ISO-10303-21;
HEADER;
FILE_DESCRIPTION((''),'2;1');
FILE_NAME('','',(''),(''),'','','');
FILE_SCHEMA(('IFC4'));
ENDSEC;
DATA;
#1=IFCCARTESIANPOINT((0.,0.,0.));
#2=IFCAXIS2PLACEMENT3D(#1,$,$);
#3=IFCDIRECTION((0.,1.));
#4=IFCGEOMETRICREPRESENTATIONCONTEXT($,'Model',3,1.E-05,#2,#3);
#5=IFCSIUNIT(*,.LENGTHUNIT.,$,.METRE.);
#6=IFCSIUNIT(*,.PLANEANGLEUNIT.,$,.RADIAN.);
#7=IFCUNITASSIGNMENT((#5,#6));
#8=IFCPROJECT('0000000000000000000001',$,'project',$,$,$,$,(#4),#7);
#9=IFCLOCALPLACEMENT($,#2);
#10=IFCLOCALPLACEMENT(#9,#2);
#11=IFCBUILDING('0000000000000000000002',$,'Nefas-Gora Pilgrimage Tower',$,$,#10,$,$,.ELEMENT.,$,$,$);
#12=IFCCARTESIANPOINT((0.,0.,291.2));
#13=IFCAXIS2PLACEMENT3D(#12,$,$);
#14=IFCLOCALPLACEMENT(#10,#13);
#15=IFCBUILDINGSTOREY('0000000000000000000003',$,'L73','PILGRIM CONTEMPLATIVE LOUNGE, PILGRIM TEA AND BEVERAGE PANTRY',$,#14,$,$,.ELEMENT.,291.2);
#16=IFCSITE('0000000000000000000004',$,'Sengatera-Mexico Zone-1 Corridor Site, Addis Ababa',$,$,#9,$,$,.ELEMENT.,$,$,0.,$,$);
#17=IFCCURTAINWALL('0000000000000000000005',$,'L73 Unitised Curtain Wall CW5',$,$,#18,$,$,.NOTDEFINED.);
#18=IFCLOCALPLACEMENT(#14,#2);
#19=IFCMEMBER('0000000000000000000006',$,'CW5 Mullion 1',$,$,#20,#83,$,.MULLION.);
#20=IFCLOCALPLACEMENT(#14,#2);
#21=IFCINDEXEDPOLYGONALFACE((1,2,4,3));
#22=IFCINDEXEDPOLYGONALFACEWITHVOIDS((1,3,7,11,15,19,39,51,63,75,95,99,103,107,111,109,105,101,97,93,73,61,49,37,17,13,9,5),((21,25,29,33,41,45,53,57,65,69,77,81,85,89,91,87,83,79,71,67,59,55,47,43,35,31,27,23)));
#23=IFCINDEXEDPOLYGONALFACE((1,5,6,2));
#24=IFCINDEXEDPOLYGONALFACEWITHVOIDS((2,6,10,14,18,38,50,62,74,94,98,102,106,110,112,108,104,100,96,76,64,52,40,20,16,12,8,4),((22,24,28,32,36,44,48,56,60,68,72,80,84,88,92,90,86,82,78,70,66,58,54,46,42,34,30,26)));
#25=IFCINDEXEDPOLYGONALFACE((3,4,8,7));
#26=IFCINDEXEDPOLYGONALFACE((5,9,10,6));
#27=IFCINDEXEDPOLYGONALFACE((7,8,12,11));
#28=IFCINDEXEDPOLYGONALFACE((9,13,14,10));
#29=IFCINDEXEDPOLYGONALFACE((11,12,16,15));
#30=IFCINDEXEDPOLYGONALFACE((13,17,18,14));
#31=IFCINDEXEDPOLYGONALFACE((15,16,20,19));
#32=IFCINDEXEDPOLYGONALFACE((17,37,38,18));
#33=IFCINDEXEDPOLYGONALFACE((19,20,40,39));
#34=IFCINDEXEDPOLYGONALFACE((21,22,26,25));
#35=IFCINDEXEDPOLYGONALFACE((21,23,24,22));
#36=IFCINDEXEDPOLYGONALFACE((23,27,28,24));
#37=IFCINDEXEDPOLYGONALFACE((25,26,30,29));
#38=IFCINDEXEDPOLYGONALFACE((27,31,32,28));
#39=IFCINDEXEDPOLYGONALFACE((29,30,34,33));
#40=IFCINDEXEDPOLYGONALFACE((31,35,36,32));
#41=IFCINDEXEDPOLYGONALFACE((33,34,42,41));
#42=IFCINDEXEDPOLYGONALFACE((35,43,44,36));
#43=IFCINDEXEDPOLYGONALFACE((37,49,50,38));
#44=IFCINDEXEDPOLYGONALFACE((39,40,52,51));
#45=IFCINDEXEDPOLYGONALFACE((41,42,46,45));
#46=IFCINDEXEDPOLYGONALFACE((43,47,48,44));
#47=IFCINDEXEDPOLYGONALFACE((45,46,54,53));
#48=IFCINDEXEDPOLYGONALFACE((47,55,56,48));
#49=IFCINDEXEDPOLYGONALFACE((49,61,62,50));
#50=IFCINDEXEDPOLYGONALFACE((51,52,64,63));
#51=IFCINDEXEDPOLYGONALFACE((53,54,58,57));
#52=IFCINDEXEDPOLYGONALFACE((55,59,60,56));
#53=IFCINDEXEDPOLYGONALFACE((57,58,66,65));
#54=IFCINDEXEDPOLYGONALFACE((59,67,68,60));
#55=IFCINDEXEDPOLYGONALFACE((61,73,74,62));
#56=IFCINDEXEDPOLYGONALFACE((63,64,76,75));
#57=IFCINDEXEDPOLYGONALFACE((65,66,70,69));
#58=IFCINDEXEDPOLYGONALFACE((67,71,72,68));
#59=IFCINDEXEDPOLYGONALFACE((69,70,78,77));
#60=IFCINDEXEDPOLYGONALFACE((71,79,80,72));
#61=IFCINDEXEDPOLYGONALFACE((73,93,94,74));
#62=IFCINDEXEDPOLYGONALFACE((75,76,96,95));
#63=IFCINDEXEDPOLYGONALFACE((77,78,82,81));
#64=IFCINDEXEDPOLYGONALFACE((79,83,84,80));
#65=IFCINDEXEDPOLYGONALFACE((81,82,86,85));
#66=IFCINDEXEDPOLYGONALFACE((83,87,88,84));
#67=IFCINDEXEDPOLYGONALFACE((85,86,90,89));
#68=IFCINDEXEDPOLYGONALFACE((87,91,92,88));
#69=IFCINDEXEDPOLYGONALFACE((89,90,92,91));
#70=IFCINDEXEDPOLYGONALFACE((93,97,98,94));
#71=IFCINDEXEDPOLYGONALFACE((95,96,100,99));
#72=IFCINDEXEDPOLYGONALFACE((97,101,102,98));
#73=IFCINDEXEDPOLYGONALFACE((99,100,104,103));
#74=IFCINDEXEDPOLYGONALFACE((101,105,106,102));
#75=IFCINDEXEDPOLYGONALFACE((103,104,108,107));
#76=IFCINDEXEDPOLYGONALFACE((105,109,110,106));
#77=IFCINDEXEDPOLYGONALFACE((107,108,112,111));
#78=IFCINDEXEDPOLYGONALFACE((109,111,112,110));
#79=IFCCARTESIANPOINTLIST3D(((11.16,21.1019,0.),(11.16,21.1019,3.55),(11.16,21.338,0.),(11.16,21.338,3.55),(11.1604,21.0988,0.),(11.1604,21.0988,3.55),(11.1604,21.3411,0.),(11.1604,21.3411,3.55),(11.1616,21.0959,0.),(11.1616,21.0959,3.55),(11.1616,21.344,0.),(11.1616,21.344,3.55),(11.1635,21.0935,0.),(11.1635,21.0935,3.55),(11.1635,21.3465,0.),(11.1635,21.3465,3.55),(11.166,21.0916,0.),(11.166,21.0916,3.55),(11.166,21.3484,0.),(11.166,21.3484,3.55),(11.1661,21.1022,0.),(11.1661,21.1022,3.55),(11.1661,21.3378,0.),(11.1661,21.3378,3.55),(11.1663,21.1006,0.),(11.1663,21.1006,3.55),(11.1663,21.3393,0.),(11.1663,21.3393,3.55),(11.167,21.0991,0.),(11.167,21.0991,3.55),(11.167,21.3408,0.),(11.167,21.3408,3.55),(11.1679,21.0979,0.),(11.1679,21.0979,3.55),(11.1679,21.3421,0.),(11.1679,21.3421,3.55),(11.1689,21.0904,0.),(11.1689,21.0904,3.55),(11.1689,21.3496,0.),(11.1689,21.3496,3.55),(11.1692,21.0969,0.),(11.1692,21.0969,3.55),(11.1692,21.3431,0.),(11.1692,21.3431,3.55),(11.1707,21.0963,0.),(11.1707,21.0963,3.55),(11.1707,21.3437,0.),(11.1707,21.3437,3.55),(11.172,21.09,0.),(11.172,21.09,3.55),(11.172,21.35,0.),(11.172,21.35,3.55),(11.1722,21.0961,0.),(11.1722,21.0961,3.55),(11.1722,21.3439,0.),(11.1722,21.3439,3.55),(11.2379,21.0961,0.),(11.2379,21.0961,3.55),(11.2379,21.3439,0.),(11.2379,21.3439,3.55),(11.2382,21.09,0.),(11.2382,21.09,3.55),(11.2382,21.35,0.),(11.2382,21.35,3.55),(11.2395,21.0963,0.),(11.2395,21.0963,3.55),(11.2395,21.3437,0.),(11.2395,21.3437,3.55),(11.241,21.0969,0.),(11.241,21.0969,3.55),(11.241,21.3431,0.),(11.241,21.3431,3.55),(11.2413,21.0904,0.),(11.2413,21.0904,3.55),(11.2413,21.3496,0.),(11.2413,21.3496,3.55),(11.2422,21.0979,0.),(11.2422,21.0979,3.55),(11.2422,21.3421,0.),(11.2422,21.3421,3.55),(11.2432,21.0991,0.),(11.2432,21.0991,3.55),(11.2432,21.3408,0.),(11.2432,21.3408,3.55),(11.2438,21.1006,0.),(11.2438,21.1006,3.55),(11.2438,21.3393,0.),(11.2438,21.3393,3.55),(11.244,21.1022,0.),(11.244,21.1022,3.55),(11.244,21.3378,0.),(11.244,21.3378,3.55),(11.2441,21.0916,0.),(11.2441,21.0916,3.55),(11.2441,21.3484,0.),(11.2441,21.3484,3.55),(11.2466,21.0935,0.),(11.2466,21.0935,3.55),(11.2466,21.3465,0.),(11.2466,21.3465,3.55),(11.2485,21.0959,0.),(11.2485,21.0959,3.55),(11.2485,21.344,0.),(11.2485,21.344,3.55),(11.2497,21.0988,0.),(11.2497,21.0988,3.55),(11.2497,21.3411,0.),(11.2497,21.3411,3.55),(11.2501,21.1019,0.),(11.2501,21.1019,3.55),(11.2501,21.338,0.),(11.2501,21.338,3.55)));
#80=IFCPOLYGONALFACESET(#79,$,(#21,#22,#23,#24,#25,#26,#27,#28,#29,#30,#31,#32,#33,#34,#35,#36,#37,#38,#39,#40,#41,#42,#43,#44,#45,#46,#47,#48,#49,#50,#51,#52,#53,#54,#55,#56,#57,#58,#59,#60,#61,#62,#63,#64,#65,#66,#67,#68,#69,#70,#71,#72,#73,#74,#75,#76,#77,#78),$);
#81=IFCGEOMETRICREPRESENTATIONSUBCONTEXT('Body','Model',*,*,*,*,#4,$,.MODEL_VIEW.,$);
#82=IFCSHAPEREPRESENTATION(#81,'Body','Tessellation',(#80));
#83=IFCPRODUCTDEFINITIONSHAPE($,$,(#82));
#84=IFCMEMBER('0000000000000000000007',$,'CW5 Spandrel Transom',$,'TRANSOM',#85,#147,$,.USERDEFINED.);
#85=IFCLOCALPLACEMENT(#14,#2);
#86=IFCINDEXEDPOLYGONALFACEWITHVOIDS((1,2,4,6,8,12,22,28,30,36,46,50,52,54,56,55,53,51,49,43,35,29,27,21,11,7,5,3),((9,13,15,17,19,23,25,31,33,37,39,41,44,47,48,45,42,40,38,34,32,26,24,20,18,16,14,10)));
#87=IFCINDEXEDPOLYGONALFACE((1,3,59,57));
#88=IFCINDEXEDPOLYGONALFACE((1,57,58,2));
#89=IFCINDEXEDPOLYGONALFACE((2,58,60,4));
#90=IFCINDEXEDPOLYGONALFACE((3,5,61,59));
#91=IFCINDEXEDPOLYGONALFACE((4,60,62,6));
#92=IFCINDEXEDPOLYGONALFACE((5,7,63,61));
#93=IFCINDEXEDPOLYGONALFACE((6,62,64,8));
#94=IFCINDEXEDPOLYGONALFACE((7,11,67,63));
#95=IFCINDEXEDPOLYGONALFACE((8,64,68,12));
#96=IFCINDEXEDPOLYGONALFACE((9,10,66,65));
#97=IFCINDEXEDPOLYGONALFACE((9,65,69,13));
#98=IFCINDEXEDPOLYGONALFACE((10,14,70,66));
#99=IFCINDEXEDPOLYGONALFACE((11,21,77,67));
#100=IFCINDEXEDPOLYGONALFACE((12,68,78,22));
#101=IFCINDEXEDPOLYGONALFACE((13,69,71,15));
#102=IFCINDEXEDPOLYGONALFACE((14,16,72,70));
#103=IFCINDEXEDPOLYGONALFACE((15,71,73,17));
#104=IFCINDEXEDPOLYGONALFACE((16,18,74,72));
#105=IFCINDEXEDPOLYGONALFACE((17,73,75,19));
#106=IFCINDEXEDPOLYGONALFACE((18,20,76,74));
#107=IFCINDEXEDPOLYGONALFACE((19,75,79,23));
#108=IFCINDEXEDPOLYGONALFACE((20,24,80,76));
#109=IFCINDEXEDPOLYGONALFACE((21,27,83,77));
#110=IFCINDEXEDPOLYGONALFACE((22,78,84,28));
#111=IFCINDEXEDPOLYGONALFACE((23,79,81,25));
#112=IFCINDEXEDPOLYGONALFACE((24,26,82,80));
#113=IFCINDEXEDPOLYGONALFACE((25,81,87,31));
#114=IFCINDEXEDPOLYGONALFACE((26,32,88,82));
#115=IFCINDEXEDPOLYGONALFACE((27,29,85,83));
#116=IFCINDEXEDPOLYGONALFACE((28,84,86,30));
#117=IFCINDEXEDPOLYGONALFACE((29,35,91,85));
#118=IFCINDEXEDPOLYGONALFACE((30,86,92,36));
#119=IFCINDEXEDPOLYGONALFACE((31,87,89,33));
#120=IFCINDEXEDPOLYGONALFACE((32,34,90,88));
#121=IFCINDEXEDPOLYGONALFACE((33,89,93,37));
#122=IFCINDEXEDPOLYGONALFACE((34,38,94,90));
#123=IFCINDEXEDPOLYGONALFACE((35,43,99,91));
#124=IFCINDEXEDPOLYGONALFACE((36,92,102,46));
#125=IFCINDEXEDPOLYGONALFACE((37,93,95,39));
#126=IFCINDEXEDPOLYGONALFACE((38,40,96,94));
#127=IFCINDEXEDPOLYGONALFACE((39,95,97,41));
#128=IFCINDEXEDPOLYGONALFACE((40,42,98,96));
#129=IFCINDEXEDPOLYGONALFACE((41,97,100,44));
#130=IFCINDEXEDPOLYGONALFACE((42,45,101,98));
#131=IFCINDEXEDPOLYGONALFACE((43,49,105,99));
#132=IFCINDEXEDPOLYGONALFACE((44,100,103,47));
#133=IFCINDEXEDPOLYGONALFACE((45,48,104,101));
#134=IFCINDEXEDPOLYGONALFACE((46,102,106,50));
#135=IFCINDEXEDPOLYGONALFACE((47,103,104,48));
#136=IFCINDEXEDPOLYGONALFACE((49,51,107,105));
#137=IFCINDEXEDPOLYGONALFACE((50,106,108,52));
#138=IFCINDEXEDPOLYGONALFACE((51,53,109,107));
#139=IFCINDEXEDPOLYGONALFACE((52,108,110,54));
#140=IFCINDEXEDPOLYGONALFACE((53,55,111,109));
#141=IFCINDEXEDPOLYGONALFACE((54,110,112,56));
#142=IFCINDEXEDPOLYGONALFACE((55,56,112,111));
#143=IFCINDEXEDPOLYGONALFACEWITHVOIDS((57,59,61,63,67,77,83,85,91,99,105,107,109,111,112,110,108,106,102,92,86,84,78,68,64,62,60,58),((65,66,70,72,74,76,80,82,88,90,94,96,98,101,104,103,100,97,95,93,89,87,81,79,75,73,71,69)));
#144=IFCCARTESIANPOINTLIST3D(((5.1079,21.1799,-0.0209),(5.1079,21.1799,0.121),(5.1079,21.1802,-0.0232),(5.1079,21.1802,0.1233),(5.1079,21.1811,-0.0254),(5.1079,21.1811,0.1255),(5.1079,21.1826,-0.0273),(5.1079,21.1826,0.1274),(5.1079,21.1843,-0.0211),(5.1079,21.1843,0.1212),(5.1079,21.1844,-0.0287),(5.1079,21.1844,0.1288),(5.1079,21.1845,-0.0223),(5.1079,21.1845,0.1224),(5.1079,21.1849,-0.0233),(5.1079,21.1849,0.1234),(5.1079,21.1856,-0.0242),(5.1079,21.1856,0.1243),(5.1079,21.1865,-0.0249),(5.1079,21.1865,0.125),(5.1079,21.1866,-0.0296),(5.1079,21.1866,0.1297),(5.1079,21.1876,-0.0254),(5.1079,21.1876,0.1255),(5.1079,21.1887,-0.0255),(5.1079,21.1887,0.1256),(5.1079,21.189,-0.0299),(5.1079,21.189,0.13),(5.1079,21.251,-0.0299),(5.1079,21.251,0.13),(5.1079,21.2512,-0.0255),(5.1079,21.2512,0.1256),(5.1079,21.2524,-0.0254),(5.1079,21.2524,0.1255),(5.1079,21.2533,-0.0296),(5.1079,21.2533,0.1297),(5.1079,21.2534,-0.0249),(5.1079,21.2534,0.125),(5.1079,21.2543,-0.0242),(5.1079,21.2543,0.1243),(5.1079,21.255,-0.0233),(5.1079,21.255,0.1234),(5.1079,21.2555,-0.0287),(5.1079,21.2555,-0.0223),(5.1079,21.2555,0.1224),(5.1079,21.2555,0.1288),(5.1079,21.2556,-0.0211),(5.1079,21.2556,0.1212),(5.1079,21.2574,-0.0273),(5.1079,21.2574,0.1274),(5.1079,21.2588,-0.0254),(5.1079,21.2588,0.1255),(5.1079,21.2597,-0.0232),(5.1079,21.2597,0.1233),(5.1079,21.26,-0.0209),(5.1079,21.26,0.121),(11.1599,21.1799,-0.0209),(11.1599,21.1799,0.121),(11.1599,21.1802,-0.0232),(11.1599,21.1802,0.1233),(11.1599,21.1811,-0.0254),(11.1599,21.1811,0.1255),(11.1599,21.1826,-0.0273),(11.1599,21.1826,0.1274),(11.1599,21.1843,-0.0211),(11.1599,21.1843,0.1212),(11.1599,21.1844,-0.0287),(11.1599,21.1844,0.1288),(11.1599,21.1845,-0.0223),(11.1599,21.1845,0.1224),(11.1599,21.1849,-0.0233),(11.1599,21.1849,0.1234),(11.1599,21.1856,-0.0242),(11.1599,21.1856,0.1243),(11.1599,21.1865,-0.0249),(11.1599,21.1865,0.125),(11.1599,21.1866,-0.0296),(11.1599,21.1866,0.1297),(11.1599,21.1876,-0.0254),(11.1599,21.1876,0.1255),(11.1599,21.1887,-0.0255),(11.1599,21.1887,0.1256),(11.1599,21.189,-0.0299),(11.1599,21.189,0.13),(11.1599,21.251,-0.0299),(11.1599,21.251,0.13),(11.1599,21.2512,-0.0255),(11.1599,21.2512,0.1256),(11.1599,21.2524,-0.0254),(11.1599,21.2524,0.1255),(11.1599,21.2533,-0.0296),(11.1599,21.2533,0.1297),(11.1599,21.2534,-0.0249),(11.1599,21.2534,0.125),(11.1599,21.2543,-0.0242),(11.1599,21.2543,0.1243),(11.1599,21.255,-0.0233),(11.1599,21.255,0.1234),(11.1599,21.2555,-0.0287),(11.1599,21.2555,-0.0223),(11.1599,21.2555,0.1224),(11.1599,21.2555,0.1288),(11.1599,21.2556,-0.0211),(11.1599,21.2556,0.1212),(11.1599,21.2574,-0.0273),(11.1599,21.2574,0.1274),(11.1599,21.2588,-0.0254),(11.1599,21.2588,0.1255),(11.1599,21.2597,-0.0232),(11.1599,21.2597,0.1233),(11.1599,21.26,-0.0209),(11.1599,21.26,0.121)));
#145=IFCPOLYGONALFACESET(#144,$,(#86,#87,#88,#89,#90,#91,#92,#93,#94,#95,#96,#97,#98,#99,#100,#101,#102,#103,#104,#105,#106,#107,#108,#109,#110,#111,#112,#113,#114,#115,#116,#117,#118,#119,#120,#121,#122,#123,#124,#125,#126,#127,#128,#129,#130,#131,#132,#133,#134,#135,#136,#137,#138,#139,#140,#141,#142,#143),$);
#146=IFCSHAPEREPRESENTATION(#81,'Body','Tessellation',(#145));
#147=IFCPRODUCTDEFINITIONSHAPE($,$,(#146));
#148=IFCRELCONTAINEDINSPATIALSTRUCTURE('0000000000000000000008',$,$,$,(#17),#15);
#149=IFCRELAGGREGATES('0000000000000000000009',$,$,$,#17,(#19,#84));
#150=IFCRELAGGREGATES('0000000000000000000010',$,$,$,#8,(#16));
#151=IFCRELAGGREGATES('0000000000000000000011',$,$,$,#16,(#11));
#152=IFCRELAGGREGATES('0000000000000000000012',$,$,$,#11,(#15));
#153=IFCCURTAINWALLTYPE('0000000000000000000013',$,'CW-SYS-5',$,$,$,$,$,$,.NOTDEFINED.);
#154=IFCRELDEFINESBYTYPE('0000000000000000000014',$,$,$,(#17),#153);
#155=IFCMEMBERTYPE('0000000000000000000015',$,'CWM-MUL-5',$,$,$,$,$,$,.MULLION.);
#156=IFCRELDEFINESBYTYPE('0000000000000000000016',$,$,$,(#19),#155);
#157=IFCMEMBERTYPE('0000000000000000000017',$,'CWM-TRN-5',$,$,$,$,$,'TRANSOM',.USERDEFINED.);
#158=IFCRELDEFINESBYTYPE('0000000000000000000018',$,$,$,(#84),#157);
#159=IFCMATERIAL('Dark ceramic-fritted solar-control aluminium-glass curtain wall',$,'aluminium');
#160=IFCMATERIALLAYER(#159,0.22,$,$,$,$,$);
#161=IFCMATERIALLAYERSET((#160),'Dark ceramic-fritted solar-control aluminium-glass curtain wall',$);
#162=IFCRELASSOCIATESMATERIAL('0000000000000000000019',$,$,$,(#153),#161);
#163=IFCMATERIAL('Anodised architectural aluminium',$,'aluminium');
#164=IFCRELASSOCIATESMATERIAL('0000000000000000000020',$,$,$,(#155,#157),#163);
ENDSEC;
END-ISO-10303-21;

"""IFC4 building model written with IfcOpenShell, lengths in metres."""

from ifc_helpers import new_model, si_unit, direction, frame, origin, origin_2d, place, context, subcontext, project, spatial, hollow_rectangle, extrude, source, transform, mapped, material, layer, layer_set, material_profile, profile_set, type_object, element, aggregate, save


model = new_model("IFC4")

# Units and contexts
model_context = context("Model", 3, precision=1e-05, world=origin(), true_north=direction((0.0, 1.0)))
body_context = subcontext(model_context, "Body", "Model", "MODEL_VIEW")
ifc_project = project(units=[si_unit("LENGTHUNIT", "METRE"), si_unit("PLANEANGLEUNIT", "RADIAN")], contexts=[model_context])

# Site, building, storey
site_placement = place(None, origin())
site = spatial("IfcSite", under=ifc_project, at=site_placement, Name="Sengatera-Mexico Zone-1 Corridor Site, Addis Ababa", CompositionType="ELEMENT", RefElevation=0.0)
building_placement = place(site_placement, origin())
building = spatial("IfcBuilding", under=site, at=building_placement, Name="Nefas-Gora Pilgrimage Tower", CompositionType="ELEMENT")
storey_placement = place(building_placement, frame((0.0, 0.0, 291.2)))
storey = spatial("IfcBuildingStorey", under=building, at=storey_placement, Name="L73", Description="PILGRIM CONTEMPLATIVE LOUNGE, PILGRIM TEA AND BEVERAGE PANTRY", CompositionType="ELEMENT", Elevation=291.2)

# Curtain wall, members
ifc_material_1 = material(Name="Dark ceramic-fritted solar-control aluminium-glass curtain wall", Category="aluminium")
ifc_layer_1 = layer(ifc_material_1, 0.22)
ifc_layer_set_1 = layer_set([ifc_layer_1], Name="Dark ceramic-fritted solar-control aluminium-glass curtain wall")
curtain_wall_type_1 = type_object("IfcCurtainWallType", Name="CW-SYS-5", PredefinedType="NOTDEFINED", material=ifc_layer_set_1)
curtain_wall_1_placement = place(storey_placement, origin())
curtain_wall_1 = element("IfcCurtainWall", 1, at=curtain_wall_1_placement, inside=storey, type_object=curtain_wall_type_1, Name="L73 Unitised Curtain Wall CW5", PredefinedType="NOTDEFINED")
ifc_material_2 = material(Name="Anodised architectural aluminium", Category="aluminium")
ifc_material_profile_1 = material_profile(ifc_material_2, hollow_rectangle(XDim=0.0901, YDim=0.26, WallThickness=0.0061, InnerFilletRadius=0.0061, OuterFilletRadius=0.012, at=origin_2d()), Name="ALU MULLION 90x260")
ifc_profile_set_1 = profile_set([ifc_material_profile_1], Name="Anodised architectural aluminium")
member_type_1 = type_object("IfcMemberType", Name="CWM-MUL-5", PredefinedType="MULLION", material=ifc_profile_set_1)
shared_shape_1 = source(origin(), body_context, "Body", "SweptSolid", [
    extrude(hollow_rectangle(XDim=0.0901, YDim=0.26, WallThickness=0.0061, InnerFilletRadius=0.0061, OuterFilletRadius=0.012, at=origin_2d()), origin(), (0.0, 0.0, 1.0), 3.55),
])
member_1_placement = place(storey_placement, frame((11.2051, 21.22, 0.0), z_axis=(0.0, 0.0, 1.0), x_axis=(-1.0, 0.0, 0.0)))
member_1 = element("IfcMember", 2, at=member_1_placement, type_object=member_type_1, Name="CW5 Mullion 1", PredefinedType="MULLION", context=body_context, shape_type="MappedRepresentation", body=[
    mapped(shared_shape_1, transform((0.0, 0.0, 0.0), x_axis=(1.0, 0.0, 0.0), y_axis=(0.0, 1.0, 0.0), z_axis=(0.0, 0.0, 1.0), scale=1.0)),
])
ifc_material_profile_2 = material_profile(ifc_material_2, hollow_rectangle(XDim=0.0801, YDim=0.1599, WallThickness=0.0044, InnerFilletRadius=0.0044, OuterFilletRadius=0.009, at=origin_2d()), Name="ALU TRANSOM 80x160")
ifc_profile_set_2 = profile_set([ifc_material_profile_2], Name="Anodised architectural aluminium")
member_type_2 = type_object("IfcMemberType", Name="CWM-TRN-5", ElementType="TRANSOM", PredefinedType="USERDEFINED", material=ifc_profile_set_2)
shared_shape_2 = source(origin(), body_context, "Body", "SweptSolid", [
    extrude(hollow_rectangle(XDim=0.0801, YDim=0.1599, WallThickness=0.0044, InnerFilletRadius=0.0044, OuterFilletRadius=0.009, at=origin_2d()), origin(), (0.0, 0.0, 1.0), 6.052),
])
member_2_placement = place(storey_placement, frame((11.1599, 21.22, 0.05), z_axis=(-1.0, 0.0, 0.0), x_axis=(0.0, -1.0, 0.0)))
member_2 = element("IfcMember", 3, at=member_2_placement, type_object=member_type_2, Name="CW5 Spandrel Transom", ObjectType="TRANSOM", PredefinedType="USERDEFINED", context=body_context, shape_type="MappedRepresentation", body=[
    mapped(shared_shape_2, transform((0.0, 0.0, 0.0), x_axis=(1.0, 0.0, 0.0), y_axis=(0.0, 1.0, 0.0), z_axis=(0.0, 0.0, 1.0), scale=1.0)),
])

aggregate(curtain_wall_1, [member_1, member_2])

save(model, "model.ifc")
